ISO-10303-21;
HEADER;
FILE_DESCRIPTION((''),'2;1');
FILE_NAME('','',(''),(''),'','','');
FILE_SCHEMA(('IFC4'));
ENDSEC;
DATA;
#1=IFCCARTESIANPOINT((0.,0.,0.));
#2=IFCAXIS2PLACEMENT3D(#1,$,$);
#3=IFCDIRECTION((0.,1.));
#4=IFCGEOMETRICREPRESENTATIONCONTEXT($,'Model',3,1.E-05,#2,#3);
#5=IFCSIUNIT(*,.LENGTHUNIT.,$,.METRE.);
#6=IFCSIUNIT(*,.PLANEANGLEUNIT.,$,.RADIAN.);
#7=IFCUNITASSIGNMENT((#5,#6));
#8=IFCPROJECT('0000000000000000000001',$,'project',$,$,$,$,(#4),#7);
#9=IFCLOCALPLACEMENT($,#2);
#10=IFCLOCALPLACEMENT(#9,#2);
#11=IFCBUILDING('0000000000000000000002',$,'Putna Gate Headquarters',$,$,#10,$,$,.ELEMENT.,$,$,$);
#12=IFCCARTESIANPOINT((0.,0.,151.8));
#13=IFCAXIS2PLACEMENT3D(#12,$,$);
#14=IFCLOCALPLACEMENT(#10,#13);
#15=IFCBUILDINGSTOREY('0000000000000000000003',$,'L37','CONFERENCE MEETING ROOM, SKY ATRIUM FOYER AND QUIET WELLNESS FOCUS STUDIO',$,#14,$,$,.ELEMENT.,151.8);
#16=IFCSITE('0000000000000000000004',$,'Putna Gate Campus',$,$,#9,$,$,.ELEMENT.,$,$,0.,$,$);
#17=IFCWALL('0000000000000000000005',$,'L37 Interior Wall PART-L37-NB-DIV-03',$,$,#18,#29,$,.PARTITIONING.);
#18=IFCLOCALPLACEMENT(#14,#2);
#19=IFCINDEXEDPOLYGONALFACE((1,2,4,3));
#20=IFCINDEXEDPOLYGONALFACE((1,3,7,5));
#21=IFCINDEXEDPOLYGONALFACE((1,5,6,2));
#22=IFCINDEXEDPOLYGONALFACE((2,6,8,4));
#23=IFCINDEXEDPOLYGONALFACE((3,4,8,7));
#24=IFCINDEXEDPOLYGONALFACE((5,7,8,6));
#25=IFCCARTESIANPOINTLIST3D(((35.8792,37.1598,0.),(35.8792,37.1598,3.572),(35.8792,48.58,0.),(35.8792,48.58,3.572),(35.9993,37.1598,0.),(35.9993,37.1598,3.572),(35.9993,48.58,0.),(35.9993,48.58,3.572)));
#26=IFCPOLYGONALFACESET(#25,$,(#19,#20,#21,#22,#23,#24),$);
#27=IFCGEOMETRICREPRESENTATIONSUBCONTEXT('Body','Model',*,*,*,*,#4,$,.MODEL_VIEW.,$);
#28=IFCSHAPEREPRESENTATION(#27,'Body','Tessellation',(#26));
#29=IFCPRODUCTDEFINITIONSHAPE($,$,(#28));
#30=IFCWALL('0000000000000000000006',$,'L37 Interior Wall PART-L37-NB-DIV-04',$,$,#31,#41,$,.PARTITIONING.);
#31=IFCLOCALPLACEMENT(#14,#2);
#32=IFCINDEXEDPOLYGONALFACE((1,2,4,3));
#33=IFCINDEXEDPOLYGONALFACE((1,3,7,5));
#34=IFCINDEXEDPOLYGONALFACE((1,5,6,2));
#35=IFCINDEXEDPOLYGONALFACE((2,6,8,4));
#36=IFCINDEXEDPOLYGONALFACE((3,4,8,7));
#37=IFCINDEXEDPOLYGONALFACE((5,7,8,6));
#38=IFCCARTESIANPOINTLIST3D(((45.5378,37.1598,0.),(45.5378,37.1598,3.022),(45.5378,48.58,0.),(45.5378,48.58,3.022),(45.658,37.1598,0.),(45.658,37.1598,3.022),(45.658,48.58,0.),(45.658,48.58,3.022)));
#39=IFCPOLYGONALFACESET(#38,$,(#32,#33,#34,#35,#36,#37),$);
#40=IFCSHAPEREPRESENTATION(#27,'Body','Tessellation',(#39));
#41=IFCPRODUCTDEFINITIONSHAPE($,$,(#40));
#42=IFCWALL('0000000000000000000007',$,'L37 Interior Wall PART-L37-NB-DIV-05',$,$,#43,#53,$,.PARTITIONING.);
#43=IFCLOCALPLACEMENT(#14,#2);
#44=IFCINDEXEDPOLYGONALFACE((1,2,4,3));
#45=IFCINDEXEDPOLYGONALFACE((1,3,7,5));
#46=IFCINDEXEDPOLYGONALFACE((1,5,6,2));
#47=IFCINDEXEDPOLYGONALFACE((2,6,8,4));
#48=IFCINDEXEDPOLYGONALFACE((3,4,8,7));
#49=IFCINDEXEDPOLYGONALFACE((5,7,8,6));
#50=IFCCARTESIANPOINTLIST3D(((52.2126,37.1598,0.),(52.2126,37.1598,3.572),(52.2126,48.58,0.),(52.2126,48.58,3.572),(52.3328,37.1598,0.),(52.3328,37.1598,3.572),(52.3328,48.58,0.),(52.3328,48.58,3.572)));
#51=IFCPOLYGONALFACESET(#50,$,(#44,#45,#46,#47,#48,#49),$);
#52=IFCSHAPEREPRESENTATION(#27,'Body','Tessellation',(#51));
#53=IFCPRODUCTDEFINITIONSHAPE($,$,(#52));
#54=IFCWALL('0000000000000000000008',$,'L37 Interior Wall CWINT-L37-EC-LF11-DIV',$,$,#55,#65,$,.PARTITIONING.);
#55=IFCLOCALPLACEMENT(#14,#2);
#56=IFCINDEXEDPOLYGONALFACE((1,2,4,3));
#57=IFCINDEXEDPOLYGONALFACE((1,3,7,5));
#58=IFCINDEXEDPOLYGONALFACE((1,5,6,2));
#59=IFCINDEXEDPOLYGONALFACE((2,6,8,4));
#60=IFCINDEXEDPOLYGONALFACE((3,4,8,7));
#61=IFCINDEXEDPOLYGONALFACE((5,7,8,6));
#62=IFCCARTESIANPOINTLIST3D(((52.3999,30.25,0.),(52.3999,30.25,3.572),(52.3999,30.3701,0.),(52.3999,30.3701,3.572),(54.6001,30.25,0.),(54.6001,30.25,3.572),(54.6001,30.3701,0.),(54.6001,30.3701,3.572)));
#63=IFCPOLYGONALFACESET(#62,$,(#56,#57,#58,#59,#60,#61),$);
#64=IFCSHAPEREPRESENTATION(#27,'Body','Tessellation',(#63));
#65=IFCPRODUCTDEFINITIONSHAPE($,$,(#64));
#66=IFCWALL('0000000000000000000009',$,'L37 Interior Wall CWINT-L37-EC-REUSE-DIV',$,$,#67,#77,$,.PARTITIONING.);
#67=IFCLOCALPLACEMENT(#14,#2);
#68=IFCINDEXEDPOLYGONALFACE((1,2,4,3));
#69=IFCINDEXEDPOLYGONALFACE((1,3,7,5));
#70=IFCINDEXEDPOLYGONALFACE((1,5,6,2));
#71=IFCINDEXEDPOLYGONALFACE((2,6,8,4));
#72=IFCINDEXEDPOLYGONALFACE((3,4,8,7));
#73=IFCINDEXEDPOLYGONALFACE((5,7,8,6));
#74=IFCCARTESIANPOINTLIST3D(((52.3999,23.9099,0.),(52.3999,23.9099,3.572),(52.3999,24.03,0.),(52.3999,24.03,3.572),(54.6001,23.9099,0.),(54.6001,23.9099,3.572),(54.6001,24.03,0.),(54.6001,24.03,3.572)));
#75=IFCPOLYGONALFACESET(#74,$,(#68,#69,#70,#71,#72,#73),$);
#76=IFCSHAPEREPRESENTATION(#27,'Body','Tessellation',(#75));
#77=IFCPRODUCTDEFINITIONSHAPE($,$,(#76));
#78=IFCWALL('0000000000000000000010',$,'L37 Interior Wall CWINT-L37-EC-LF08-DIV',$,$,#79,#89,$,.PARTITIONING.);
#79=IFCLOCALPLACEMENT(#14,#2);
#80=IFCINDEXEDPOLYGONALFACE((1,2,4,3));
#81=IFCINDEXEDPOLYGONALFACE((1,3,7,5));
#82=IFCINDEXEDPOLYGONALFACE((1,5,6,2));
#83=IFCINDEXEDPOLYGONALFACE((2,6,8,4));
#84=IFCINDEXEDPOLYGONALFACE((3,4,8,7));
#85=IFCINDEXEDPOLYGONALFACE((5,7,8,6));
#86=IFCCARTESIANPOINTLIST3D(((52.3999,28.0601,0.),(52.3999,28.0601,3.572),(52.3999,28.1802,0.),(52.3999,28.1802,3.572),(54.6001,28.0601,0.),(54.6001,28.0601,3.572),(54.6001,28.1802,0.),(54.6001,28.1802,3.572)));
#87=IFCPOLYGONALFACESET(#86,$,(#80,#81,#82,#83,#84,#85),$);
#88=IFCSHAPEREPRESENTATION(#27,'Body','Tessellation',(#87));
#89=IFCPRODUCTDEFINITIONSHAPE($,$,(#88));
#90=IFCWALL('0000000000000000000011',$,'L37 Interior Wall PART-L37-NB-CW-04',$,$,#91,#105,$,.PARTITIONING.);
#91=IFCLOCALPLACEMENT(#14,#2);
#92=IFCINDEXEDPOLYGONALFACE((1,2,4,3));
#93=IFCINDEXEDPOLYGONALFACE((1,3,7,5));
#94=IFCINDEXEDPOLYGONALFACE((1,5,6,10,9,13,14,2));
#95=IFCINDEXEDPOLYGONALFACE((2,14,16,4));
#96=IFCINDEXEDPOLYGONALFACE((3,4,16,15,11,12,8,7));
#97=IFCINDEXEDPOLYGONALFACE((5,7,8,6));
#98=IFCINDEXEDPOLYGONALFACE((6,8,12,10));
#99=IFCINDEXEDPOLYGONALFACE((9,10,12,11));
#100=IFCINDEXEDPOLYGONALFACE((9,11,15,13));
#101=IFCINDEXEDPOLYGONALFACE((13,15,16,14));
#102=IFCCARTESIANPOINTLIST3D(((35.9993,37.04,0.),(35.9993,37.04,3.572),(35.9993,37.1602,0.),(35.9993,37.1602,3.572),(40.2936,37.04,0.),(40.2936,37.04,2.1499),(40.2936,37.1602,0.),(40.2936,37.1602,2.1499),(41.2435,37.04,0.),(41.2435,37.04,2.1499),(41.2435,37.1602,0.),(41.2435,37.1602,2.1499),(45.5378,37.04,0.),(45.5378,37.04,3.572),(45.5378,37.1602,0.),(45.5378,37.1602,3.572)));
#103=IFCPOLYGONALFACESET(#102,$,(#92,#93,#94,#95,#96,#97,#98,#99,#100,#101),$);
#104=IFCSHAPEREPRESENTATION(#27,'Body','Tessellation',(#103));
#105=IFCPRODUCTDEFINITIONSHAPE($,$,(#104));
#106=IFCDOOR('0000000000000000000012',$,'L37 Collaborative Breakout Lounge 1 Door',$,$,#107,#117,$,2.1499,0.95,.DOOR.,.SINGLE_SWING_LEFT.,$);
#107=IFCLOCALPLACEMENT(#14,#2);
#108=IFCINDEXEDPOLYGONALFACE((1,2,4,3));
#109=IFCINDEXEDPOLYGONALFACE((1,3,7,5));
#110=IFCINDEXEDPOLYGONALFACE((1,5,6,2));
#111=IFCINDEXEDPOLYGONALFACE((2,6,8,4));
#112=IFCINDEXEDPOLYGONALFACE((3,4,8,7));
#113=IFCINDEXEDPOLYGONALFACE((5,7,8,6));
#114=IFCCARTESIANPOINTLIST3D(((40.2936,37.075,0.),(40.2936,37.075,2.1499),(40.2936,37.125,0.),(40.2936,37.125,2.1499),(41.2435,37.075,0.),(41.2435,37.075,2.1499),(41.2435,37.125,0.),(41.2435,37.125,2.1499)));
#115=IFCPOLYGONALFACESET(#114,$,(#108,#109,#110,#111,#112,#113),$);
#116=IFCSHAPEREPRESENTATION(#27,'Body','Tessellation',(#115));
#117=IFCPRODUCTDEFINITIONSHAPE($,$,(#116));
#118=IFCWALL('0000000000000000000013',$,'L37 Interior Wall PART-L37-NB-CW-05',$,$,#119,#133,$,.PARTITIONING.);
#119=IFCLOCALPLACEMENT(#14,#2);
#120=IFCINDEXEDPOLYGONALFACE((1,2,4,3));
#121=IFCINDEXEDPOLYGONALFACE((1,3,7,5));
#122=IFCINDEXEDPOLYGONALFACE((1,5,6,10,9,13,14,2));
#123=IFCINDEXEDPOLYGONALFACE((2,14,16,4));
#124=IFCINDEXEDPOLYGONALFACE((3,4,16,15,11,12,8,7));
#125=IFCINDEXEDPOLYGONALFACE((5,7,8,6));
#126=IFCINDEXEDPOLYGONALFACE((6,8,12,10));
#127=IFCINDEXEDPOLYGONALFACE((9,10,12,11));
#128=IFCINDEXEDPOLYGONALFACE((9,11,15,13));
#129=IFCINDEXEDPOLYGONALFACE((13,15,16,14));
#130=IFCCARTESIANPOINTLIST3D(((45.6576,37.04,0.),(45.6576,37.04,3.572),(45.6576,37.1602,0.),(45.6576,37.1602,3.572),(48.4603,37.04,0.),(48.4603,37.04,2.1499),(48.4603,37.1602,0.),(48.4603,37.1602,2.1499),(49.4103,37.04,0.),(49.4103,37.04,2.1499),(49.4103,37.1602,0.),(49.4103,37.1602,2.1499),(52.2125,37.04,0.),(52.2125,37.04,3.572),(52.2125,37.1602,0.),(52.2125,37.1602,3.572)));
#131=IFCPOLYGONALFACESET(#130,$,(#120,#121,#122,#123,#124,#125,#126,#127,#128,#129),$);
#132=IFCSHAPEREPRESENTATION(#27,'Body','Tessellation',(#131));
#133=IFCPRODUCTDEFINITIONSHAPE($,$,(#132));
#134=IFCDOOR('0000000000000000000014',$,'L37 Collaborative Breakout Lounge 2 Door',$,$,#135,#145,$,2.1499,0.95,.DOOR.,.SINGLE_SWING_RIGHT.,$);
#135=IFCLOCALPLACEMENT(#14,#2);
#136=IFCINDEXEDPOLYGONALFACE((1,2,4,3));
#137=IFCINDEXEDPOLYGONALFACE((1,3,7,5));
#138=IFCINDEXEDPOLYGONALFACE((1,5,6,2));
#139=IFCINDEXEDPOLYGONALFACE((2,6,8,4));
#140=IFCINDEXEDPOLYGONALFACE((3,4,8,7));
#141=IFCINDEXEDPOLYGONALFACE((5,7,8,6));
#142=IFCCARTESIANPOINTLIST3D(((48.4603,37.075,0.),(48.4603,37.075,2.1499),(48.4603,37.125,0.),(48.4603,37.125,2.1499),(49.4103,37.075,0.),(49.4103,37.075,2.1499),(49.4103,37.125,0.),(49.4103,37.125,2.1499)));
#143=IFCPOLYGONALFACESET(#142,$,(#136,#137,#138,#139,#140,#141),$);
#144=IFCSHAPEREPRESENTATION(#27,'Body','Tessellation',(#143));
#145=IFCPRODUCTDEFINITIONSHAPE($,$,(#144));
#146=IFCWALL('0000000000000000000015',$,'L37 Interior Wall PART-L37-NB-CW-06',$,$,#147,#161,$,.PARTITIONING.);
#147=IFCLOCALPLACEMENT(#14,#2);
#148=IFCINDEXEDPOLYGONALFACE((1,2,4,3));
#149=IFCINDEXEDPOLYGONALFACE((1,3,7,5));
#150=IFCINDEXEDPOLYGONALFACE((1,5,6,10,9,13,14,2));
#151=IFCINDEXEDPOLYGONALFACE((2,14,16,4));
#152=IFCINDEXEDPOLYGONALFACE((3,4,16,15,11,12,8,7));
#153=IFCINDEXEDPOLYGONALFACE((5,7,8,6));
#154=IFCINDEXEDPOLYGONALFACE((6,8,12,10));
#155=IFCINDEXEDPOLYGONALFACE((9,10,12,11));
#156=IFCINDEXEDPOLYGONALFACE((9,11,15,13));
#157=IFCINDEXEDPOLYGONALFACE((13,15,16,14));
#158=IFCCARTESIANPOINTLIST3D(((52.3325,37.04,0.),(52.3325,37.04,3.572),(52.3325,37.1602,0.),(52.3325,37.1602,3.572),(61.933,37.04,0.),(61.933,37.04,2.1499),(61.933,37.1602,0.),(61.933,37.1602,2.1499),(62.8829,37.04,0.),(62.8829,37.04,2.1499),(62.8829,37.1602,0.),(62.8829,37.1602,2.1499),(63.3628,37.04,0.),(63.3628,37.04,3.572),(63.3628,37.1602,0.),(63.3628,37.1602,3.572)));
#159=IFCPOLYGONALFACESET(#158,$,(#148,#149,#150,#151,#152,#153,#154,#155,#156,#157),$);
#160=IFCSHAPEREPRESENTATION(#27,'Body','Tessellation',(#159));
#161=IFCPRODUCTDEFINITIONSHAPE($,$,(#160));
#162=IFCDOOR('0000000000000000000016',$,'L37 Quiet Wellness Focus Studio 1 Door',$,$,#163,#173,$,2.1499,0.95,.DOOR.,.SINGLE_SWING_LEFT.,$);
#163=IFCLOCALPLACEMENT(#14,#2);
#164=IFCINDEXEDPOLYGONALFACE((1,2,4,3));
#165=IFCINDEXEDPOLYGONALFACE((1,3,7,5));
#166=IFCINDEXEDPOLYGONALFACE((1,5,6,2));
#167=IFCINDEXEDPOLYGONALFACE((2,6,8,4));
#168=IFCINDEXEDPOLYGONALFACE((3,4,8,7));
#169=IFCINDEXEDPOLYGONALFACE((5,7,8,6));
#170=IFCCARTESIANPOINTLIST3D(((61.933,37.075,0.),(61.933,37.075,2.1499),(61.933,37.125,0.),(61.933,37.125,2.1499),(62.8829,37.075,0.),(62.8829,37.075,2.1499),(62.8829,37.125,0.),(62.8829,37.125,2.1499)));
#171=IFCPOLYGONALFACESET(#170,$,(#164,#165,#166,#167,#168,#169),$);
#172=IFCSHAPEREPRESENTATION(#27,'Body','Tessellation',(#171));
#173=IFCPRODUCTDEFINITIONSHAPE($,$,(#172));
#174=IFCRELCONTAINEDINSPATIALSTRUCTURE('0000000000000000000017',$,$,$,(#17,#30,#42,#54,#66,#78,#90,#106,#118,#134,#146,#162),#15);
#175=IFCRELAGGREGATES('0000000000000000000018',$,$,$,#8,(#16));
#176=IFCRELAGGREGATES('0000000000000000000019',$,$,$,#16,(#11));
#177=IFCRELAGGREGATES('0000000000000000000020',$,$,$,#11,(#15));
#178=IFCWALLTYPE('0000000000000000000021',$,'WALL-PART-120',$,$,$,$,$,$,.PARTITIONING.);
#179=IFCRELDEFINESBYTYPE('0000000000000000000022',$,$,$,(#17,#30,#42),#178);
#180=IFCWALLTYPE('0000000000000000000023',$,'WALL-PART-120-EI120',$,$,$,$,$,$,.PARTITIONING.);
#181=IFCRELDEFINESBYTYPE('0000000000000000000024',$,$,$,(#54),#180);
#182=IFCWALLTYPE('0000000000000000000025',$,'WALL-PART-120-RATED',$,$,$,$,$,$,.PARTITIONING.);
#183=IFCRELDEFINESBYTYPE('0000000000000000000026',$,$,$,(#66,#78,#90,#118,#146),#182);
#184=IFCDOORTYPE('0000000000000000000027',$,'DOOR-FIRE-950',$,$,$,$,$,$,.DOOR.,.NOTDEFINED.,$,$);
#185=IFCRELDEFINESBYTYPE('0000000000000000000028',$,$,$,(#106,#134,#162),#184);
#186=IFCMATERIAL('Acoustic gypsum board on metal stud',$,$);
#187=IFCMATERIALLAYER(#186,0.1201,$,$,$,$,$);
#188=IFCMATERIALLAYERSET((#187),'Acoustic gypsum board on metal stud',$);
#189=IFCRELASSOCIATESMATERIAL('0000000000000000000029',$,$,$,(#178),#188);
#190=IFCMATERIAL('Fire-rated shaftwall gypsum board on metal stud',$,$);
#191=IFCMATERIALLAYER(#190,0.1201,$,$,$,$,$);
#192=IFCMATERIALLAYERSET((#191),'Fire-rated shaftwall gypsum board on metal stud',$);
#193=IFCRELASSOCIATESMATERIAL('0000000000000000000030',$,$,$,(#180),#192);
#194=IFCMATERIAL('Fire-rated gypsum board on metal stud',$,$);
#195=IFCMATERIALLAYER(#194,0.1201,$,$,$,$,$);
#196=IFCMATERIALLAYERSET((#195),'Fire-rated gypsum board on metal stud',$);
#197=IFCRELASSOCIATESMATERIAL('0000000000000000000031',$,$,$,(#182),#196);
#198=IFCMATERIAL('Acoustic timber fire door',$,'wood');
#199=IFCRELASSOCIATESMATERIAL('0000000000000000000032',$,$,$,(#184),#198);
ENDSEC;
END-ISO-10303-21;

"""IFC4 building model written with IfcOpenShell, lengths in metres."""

from ifc_helpers import new_model, si_unit, direction, frame, frame_2d, origin, place, context, subcontext, project, spatial, rectangle, extrude, material, layer, layer_set, type_object, element, fill, save


model = new_model("IFC4")

# Units and contexts
model_context = context("Model", 3, precision=1e-05, world=origin(), true_north=direction((0.0, 1.0)))
body_context = subcontext(model_context, "Body", "Model", "MODEL_VIEW")
ifc_project = project(units=[si_unit("LENGTHUNIT", "METRE"), si_unit("PLANEANGLEUNIT", "RADIAN")], contexts=[model_context])

# Site, building, storey
site_placement = place(None, origin())
site = spatial("IfcSite", under=ifc_project, at=site_placement, Name="Putna Gate Campus", CompositionType="ELEMENT", RefElevation=0.0)
building_placement = place(site_placement, origin())
building = spatial("IfcBuilding", under=site, at=building_placement, Name="Putna Gate Headquarters", CompositionType="ELEMENT")
storey_placement = place(building_placement, frame((0.0, 0.0, 151.8)))
storey = spatial("IfcBuildingStorey", under=building, at=storey_placement, Name="L37", Description="CONFERENCE MEETING ROOM, SKY ATRIUM FOYER AND QUIET WELLNESS FOCUS STUDIO", CompositionType="ELEMENT", Elevation=151.8)

# Shared definitions
ifc_material_1 = material(Name="Acoustic gypsum board on metal stud")
ifc_layer_1 = layer(ifc_material_1, 0.1201)
ifc_layer_set_1 = layer_set([ifc_layer_1], Name="Acoustic gypsum board on metal stud")
wall_type_1 = type_object("IfcWallType", Name="WALL-PART-120", PredefinedType="PARTITIONING", material=ifc_layer_set_1)

# Walls
wall_1_placement = place(storey_placement, frame((35.9392, 37.1599, 0.0), z_axis=(0.0, 0.0, 1.0), x_axis=(0.0, 1.0, 0.0)))
element("IfcWall", 1, at=wall_1_placement, inside=storey, type_object=wall_type_1, Name="L37 Interior Wall PART-L37-NB-DIV-03", PredefinedType="PARTITIONING", context=body_context, shape_type="SweptSolid", body=[
    extrude(rectangle(XDim=11.4202, YDim=0.1201, at=frame_2d((5.71, 0.0))), origin(), (0.0, 0.0, 1.0), 3.572),
])
wall_2_placement = place(storey_placement, frame((45.5979, 37.1599, 0.0), z_axis=(0.0, 0.0, 1.0), x_axis=(0.0, 1.0, 0.0)))
element("IfcWall", 2, at=wall_2_placement, inside=storey, type_object=wall_type_1, Name="L37 Interior Wall PART-L37-NB-DIV-04", PredefinedType="PARTITIONING", context=body_context, shape_type="SweptSolid", body=[
    extrude(rectangle(XDim=11.4202, YDim=0.1201, at=frame_2d((5.71, 0.0))), origin(), (0.0, 0.0, 1.0), 3.022),
])
wall_3_placement = place(storey_placement, frame((52.2727, 37.1599, 0.0), z_axis=(0.0, 0.0, 1.0), x_axis=(0.0, 1.0, 0.0)))
element("IfcWall", 3, at=wall_3_placement, inside=storey, type_object=wall_type_1, Name="L37 Interior Wall PART-L37-NB-DIV-05", PredefinedType="PARTITIONING", context=body_context, shape_type="SweptSolid", body=[
    extrude(rectangle(XDim=11.4202, YDim=0.1201, at=frame_2d((5.71, 0.0))), origin(), (0.0, 0.0, 1.0), 3.572),
])
ifc_material_2 = material(Name="Fire-rated shaftwall gypsum board on metal stud")
ifc_layer_2 = layer(ifc_material_2, 0.1201)
ifc_layer_set_2 = layer_set([ifc_layer_2], Name="Fire-rated shaftwall gypsum board on metal stud")
wall_type_2 = type_object("IfcWallType", Name="WALL-PART-120-EI120", PredefinedType="PARTITIONING", material=ifc_layer_set_2)
wall_4_placement = place(storey_placement, frame((52.3999, 30.3101, 0.0), z_axis=(0.0, 0.0, 1.0), x_axis=(1.0, 0.0, 0.0)))
element("IfcWall", 4, at=wall_4_placement, inside=storey, type_object=wall_type_2, Name="L37 Interior Wall CWINT-L37-EC-LF11-DIV", PredefinedType="PARTITIONING", context=body_context, shape_type="SweptSolid", body=[
    extrude(rectangle(XDim=2.2002, YDim=0.1201, at=frame_2d((1.1001, 0.0))), origin(), (0.0, 0.0, 1.0), 3.572),
])
ifc_material_3 = material(Name="Fire-rated gypsum board on metal stud")
ifc_layer_3 = layer(ifc_material_3, 0.1201)
ifc_layer_set_3 = layer_set([ifc_layer_3], Name="Fire-rated gypsum board on metal stud")
wall_type_3 = type_object("IfcWallType", Name="WALL-PART-120-RATED", PredefinedType="PARTITIONING", material=ifc_layer_set_3)
for number, where, z_axis, x_axis, name in (
    (5, (52.3999, 23.97, 0.0), (0.0, 0.0, 1.0), (1.0, 0.0, 0.0), "L37 Interior Wall CWINT-L37-EC-REUSE-DIV"),
    (6, (52.3999, 28.1201, 0.0), (0.0, 0.0, 1.0), (1.0, 0.0, 0.0), "L37 Interior Wall CWINT-L37-EC-LF08-DIV"),
):
    element("IfcWall", number, at=place(storey_placement, frame(where, z_axis=z_axis, x_axis=x_axis)), inside=storey, type_object=wall_type_3, Name=name, PredefinedType="PARTITIONING", context=body_context, shape_type="SweptSolid", body=[
        extrude(rectangle(XDim=2.2002, YDim=0.1201, at=frame_2d((1.1001, 0.0))), origin(), (0.0, 0.0, 1.0), 3.572),
    ])

# Walls, openings, doors
wall_5_placement = place(storey_placement, frame((35.9993, 37.1001, 0.0), z_axis=(0.0, 0.0, 1.0), x_axis=(1.0, 0.0, 0.0)))
wall_5 = element("IfcWall", 7, at=wall_5_placement, inside=storey, type_object=wall_type_3, Name="L37 Interior Wall PART-L37-NB-CW-04", PredefinedType="PARTITIONING", context=body_context, shape_type="SweptSolid", body=[
    extrude(rectangle(XDim=9.5386, YDim=0.1201, at=frame_2d((4.7693, 0.0))), origin(), (0.0, 0.0, 1.0), 3.572),
])
opening_1_placement = place(wall_5_placement, frame((4.2942, 0.0, 0.0)))
opening_1 = element("IfcOpeningElement", 8, at=opening_1_placement, cuts=wall_5, PredefinedType="OPENING", context=body_context, shape_type="SweptSolid", body=[
    extrude(rectangle(XDim=0.95, YDim=2.1499, at=frame_2d((0.4751, 1.075))), frame((0.0, 0.0701, 0.0), z_axis=(0.0, -1.0, 0.0), x_axis=(1.0, 0.0, 0.0)), (0.0, 0.0, 1.0), 0.1401),
])
ifc_material_4 = material(Name="Acoustic timber fire door", Category="wood")
door_type_1 = type_object("IfcDoorType", Name="DOOR-FIRE-950", OperationType="NOTDEFINED", PredefinedType="DOOR", material=ifc_material_4)
door_1_placement = place(opening_1_placement, origin())
door_1 = element("IfcDoor", 9, at=door_1_placement, inside=storey, type_object=door_type_1, Name="L37 Collaborative Breakout Lounge 1 Door", OperationType="SINGLE_SWING_LEFT", OverallHeight=2.1499, OverallWidth=0.95, PredefinedType="DOOR", context=body_context, shape_type="SweptSolid", body=[
    extrude(rectangle(XDim=0.95, YDim=2.1499, at=frame_2d((0.4751, 1.075))), frame((0.0, 0.0249, 0.0), z_axis=(0.0, -1.0, 0.0), x_axis=(1.0, 0.0, 0.0)), (0.0, 0.0, 1.0), 0.05),
])
fill(opening_1, door_1)
wall_6_placement = place(storey_placement, frame((45.6577, 37.1001, 0.0), z_axis=(0.0, 0.0, 1.0), x_axis=(1.0, 0.0, 0.0)))
wall_6 = element("IfcWall", 10, at=wall_6_placement, inside=storey, type_object=wall_type_3, Name="L37 Interior Wall PART-L37-NB-CW-05", PredefinedType="PARTITIONING", context=body_context, shape_type="SweptSolid", body=[
    extrude(rectangle(XDim=6.5549, YDim=0.1201, at=frame_2d((3.2773, 0.0))), origin(), (0.0, 0.0, 1.0), 3.572),
])
opening_2_placement = place(wall_6_placement, frame((2.8025, 0.0, 0.0)))
opening_2 = element("IfcOpeningElement", 11, at=opening_2_placement, cuts=wall_6, PredefinedType="OPENING", context=body_context, shape_type="SweptSolid", body=[
    extrude(rectangle(XDim=0.95, YDim=2.1499, at=frame_2d((0.4751, 1.075))), frame((0.0, 0.0701, 0.0), z_axis=(0.0, -1.0, 0.0), x_axis=(1.0, 0.0, 0.0)), (0.0, 0.0, 1.0), 0.1401),
])
door_2_placement = place(opening_2_placement, origin())
door_2 = element("IfcDoor", 12, at=door_2_placement, inside=storey, type_object=door_type_1, Name="L37 Collaborative Breakout Lounge 2 Door", OperationType="SINGLE_SWING_RIGHT", OverallHeight=2.1499, OverallWidth=0.95, PredefinedType="DOOR", context=body_context, shape_type="SweptSolid", body=[
    extrude(rectangle(XDim=0.95, YDim=2.1499, at=frame_2d((0.4751, 1.075))), frame((0.0, 0.0249, 0.0), z_axis=(0.0, -1.0, 0.0), x_axis=(1.0, 0.0, 0.0)), (0.0, 0.0, 1.0), 0.05),
])
fill(opening_2, door_2)
wall_7_placement = place(storey_placement, frame((52.3325, 37.1001, 0.0), z_axis=(0.0, 0.0, 1.0), x_axis=(1.0, 0.0, 0.0)))
wall_7 = element("IfcWall", 13, at=wall_7_placement, inside=storey, type_object=wall_type_3, Name="L37 Interior Wall PART-L37-NB-CW-06", PredefinedType="PARTITIONING", context=body_context, shape_type="SweptSolid", body=[
    extrude(rectangle(XDim=11.0303, YDim=0.1201, at=frame_2d((5.5151, 0.0))), origin(), (0.0, 0.0, 1.0), 3.572),
])
opening_3_placement = place(wall_7_placement, frame((9.6003, 0.0, 0.0)))
opening_3 = element("IfcOpeningElement", 14, at=opening_3_placement, cuts=wall_7, PredefinedType="OPENING", context=body_context, shape_type="SweptSolid", body=[
    extrude(rectangle(XDim=0.95, YDim=2.1499, at=frame_2d((0.4751, 1.075))), frame((0.0, 0.0701, 0.0), z_axis=(0.0, -1.0, 0.0), x_axis=(1.0, 0.0, 0.0)), (0.0, 0.0, 1.0), 0.1401),
])
door_3_placement = place(opening_3_placement, origin())
door_3 = element("IfcDoor", 15, at=door_3_placement, inside=storey, type_object=door_type_1, Name="L37 Quiet Wellness Focus Studio 1 Door", OperationType="SINGLE_SWING_LEFT", OverallHeight=2.1499, OverallWidth=0.95, PredefinedType="DOOR", context=body_context, shape_type="SweptSolid", body=[
    extrude(rectangle(XDim=0.95, YDim=2.1499, at=frame_2d((0.4751, 1.075))), frame((0.0, 0.0249, 0.0), z_axis=(0.0, -1.0, 0.0), x_axis=(1.0, 0.0, 0.0)), (0.0, 0.0, 1.0), 0.05),
])
fill(opening_3, door_3)

save(model, "model.ifc")
